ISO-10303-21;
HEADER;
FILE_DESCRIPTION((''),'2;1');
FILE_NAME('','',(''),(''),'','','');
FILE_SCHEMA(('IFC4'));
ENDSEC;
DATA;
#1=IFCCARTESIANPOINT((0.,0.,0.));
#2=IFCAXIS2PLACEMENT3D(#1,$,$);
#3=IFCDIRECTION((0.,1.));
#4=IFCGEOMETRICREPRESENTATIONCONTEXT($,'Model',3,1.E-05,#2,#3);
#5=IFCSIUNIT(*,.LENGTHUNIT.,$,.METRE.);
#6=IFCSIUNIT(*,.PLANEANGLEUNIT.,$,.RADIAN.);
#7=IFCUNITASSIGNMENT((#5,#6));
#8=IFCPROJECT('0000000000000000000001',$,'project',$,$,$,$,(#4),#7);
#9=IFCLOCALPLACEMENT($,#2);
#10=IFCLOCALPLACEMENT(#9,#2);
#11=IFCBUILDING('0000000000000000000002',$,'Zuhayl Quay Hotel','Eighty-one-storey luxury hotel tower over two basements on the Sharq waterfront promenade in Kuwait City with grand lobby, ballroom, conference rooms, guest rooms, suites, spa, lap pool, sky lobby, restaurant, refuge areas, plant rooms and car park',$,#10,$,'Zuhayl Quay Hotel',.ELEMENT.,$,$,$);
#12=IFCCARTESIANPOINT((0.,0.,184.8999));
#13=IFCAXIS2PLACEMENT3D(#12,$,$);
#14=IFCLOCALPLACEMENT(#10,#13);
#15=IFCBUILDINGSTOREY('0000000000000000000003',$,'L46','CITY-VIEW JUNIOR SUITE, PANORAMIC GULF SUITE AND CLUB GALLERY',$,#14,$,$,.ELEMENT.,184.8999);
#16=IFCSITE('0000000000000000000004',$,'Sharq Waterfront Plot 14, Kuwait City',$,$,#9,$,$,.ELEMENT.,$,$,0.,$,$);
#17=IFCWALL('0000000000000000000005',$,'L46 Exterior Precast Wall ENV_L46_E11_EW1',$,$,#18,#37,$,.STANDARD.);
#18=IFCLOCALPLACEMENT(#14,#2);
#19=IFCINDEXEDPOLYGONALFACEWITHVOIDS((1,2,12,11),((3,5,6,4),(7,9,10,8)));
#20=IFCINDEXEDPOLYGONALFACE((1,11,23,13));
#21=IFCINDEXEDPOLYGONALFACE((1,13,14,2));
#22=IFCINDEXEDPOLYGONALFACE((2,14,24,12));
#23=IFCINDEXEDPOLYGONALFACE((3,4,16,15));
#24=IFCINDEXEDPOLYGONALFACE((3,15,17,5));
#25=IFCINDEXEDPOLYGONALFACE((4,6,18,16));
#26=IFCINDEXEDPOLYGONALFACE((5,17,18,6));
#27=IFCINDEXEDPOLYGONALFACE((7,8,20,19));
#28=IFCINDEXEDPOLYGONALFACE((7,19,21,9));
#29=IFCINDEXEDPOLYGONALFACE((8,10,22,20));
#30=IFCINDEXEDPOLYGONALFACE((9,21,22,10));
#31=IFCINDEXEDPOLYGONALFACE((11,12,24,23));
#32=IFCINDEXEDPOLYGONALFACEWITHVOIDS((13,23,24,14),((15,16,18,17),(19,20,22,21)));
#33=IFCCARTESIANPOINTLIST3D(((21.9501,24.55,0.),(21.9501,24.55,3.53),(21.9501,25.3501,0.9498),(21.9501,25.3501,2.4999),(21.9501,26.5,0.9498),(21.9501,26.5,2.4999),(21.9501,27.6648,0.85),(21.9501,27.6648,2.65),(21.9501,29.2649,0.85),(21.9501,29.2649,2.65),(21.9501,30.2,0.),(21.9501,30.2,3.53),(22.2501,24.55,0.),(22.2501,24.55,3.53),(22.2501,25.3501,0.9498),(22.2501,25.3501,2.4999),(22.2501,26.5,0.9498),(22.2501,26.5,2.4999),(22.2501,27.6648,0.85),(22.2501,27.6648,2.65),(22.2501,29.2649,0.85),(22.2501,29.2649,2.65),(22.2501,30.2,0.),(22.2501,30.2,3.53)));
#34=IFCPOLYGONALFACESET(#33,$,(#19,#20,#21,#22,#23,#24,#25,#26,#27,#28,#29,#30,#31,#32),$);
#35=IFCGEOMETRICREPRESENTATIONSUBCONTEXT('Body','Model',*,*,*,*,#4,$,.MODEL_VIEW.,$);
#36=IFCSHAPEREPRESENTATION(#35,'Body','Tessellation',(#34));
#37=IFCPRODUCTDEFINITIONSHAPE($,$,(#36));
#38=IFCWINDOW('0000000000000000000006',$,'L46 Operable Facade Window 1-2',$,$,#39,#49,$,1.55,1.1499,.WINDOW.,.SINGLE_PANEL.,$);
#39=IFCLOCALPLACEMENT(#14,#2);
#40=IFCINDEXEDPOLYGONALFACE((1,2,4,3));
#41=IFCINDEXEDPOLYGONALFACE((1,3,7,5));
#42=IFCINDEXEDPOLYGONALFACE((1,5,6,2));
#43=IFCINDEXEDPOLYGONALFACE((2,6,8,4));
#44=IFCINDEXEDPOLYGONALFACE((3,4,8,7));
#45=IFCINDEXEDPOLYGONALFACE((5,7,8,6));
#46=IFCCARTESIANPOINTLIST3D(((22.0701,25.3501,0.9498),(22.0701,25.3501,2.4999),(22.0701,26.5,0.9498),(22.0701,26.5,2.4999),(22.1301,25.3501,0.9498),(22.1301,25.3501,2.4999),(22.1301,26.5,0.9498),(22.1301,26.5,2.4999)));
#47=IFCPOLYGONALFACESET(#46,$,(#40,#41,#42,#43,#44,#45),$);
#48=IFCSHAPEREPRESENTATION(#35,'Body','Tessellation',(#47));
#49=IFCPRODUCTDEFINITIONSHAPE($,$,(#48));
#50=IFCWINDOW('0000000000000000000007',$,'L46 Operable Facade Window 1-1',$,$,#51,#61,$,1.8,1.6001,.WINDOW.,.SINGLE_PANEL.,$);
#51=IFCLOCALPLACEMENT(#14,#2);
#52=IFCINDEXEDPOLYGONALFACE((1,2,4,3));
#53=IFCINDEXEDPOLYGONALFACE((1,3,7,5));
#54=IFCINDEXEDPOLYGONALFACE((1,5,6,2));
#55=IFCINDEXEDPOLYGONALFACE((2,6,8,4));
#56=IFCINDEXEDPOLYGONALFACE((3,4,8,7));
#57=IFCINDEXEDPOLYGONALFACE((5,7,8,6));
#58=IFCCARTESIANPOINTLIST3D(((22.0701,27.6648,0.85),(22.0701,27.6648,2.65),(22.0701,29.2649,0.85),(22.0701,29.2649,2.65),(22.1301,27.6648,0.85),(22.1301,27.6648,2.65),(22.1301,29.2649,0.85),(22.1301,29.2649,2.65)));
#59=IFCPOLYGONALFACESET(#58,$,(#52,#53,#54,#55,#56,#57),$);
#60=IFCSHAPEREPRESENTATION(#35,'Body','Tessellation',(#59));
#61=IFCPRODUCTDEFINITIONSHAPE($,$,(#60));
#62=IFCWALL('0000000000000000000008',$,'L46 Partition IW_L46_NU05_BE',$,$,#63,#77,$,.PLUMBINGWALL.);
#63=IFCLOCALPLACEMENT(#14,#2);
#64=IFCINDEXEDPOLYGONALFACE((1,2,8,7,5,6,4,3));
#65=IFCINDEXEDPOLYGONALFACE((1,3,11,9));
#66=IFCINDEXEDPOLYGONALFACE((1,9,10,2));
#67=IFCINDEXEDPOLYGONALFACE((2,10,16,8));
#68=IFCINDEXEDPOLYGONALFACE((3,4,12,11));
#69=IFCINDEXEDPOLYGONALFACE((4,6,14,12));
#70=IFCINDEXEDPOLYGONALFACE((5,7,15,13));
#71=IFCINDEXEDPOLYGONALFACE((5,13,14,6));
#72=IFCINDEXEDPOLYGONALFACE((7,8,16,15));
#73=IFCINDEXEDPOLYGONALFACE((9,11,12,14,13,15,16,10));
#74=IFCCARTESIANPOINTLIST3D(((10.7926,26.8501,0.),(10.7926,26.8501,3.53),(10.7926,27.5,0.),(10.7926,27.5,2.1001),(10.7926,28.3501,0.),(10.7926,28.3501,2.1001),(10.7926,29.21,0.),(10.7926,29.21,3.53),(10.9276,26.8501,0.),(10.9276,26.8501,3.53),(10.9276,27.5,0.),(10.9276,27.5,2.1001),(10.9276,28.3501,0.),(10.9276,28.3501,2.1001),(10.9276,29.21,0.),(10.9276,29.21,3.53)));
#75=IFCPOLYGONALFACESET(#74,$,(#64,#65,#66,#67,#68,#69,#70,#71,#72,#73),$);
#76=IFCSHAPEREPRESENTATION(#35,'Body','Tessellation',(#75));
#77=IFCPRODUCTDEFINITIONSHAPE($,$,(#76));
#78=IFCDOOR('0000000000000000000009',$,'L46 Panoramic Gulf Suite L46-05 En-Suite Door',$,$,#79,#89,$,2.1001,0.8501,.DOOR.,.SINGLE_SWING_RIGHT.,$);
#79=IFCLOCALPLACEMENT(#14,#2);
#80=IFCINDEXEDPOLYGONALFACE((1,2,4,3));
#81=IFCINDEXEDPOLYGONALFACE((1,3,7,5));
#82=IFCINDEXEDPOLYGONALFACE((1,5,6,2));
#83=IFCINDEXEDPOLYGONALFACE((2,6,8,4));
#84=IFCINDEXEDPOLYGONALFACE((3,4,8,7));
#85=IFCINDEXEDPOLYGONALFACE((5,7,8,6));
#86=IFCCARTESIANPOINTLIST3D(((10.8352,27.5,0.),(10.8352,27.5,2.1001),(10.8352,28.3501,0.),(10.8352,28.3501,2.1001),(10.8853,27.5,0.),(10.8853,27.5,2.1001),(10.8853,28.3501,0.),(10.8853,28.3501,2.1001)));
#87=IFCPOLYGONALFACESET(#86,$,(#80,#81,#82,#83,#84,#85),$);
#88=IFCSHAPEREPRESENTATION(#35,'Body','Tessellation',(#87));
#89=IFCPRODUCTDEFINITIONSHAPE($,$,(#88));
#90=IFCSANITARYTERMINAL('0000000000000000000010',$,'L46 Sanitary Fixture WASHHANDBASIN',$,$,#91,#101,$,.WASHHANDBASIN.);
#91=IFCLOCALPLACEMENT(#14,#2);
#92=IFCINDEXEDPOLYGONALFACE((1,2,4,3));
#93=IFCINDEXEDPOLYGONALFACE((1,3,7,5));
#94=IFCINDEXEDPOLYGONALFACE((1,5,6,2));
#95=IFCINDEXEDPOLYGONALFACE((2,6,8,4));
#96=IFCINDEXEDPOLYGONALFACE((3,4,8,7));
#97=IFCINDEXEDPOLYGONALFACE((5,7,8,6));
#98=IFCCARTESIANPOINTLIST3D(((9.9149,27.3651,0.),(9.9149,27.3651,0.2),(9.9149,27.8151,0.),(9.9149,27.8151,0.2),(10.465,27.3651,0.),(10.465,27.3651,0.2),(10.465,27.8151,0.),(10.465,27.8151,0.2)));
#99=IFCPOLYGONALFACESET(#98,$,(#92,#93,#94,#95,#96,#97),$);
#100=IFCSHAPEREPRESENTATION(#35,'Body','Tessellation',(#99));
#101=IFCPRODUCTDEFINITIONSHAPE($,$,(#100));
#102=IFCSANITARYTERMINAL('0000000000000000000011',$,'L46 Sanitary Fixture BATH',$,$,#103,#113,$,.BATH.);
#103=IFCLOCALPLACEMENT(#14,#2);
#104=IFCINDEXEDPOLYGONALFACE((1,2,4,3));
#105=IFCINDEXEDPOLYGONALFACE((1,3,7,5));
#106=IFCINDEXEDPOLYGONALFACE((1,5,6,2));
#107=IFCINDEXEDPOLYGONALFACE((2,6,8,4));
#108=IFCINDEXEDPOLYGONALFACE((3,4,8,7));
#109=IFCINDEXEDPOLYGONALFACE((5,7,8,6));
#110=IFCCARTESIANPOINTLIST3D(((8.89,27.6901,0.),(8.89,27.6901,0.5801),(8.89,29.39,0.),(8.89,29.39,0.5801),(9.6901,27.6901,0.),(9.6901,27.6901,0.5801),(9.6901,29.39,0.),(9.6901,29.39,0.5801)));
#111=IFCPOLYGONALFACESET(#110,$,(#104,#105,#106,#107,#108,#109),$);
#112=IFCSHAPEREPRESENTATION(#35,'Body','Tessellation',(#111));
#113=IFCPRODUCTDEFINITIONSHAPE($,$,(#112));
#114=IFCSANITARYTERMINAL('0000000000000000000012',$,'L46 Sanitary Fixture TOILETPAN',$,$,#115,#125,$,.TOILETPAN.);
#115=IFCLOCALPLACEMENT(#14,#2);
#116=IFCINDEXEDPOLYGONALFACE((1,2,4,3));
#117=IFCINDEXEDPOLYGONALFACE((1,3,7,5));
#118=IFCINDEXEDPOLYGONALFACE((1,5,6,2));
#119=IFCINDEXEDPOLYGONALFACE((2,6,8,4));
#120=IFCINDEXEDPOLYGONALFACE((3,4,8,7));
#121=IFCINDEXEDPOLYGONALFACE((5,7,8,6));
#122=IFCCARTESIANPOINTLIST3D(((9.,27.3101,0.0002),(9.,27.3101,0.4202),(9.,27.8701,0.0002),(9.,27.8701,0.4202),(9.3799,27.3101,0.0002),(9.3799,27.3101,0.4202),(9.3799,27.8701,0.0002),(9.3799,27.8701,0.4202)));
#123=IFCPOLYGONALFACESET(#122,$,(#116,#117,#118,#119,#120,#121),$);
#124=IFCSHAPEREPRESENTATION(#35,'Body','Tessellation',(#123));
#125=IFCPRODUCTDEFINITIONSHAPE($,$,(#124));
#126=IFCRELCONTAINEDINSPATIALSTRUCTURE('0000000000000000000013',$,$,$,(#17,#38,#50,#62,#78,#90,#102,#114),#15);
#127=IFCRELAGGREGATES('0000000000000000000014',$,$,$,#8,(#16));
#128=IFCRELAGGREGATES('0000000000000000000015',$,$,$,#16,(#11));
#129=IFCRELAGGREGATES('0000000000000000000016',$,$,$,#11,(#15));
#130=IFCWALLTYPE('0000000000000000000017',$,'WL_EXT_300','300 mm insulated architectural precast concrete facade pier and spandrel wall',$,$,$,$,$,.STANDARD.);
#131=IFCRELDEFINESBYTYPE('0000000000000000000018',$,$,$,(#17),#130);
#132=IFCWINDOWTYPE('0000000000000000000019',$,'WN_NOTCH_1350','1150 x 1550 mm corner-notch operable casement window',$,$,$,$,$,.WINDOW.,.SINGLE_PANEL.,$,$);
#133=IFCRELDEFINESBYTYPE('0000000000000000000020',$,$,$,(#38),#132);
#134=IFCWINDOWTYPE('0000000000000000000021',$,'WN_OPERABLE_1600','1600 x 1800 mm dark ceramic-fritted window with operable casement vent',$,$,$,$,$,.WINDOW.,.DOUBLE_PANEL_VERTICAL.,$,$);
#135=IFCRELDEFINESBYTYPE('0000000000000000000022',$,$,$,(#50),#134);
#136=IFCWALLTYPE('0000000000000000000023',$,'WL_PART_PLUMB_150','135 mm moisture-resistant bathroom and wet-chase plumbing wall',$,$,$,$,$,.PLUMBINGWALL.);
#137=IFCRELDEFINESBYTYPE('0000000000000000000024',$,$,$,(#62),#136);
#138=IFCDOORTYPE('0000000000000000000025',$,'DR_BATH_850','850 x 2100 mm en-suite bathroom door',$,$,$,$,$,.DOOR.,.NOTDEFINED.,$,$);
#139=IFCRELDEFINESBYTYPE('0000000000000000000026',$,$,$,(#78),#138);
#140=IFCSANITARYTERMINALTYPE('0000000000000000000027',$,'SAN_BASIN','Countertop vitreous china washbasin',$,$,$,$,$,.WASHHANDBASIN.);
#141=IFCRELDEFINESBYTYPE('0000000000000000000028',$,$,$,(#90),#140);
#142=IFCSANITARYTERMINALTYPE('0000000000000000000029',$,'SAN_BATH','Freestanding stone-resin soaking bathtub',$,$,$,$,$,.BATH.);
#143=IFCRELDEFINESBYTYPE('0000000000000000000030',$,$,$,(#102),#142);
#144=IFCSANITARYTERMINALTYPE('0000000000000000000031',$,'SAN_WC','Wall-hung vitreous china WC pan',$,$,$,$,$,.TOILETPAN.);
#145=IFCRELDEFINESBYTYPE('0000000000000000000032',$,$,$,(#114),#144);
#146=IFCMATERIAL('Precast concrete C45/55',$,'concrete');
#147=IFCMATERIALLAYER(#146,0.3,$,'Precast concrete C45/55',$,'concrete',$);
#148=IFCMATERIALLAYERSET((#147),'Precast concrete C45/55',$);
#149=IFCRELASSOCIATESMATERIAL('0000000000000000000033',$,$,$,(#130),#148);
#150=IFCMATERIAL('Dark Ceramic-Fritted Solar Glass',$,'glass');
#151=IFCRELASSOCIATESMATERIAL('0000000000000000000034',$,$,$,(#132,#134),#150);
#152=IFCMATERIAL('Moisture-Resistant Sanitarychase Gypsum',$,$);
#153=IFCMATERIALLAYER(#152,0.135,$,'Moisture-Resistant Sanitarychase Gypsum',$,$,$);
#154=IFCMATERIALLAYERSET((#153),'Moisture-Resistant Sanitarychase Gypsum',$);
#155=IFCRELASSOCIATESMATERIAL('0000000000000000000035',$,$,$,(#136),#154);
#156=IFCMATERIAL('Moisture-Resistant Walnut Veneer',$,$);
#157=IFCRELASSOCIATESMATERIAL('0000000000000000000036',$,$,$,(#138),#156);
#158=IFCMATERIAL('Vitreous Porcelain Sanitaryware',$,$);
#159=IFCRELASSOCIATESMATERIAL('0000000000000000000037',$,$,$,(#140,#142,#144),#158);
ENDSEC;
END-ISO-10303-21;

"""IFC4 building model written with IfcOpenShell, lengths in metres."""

from ifc_helpers import new_model, si_unit, direction, frame, frame_2d, origin, origin_2d, place, context, subcontext, project, spatial, rectangle, extrude, material, layer, layer_set, type_object, element, fill, save


model = new_model("IFC4")

# Units and contexts
model_context = context("Model", 3, precision=1e-05, world=origin(), true_north=direction((0.0, 1.0)))
body_context = subcontext(model_context, "Body", "Model", "MODEL_VIEW")
ifc_project = project(units=[si_unit("LENGTHUNIT", "METRE"), si_unit("PLANEANGLEUNIT", "RADIAN")], contexts=[model_context])

# Site, building, storey
site_placement = place(None, origin())
site = spatial("IfcSite", under=ifc_project, at=site_placement, Name="Sharq Waterfront Plot 14, Kuwait City", CompositionType="ELEMENT", RefElevation=0.0)
building_placement = place(site_placement, origin())
building = spatial("IfcBuilding", under=site, at=building_placement, Name="Zuhayl Quay Hotel", Description="Eighty-one-storey luxury hotel tower over two basements on the Sharq waterfront promenade in Kuwait City with grand lobby, ballroom, conference rooms, guest rooms, suites, spa, lap pool, sky lobby, restaurant, refuge areas, plant rooms and car park", LongName="Zuhayl Quay Hotel", CompositionType="ELEMENT")
storey_placement = place(building_placement, frame((0.0, 0.0, 184.8999)))
storey = spatial("IfcBuildingStorey", under=building, at=storey_placement, Name="L46", Description="CITY-VIEW JUNIOR SUITE, PANORAMIC GULF SUITE AND CLUB GALLERY", CompositionType="ELEMENT", Elevation=184.8999)

# Shared definitions
ifc_material_1 = material(Name="Dark Ceramic-Fritted Solar Glass", Category="glass")

# Shared definitions
ifc_material_2 = material(Name="Precast concrete C45/55", Category="concrete")
ifc_layer_1 = layer(ifc_material_2, 0.3, Name="Precast concrete C45/55", Category="concrete")
ifc_layer_set_1 = layer_set([ifc_layer_1], Name="Precast concrete C45/55")
wall_type_1 = type_object("IfcWallType", Name="WL_EXT_300", Description="300 mm insulated architectural precast concrete facade pier and spandrel wall", PredefinedType="STANDARD", material=ifc_layer_set_1)

# Shared definitions
window_type_1 = type_object("IfcWindowType", Name="WN_NOTCH_1350", Description="1150 x 1550 mm corner-notch operable casement window", PartitioningType="SINGLE_PANEL", PredefinedType="WINDOW", material=ifc_material_1)

# Wall, openings, windows
wall_1_placement = place(storey_placement, frame((22.1001, 30.2, 0.0), z_axis=(0.0, 0.0, 1.0), x_axis=(0.0, -1.0, 0.0)))
wall_1 = element("IfcWall", 1, at=wall_1_placement, inside=storey, type_object=wall_type_1, Name="L46 Exterior Precast Wall ENV_L46_E11_EW1", PredefinedType="STANDARD", context=body_context, shape_type="SweptSolid", body=[
    extrude(rectangle(XDim=5.6499, YDim=0.3, at=frame_2d((2.825, 0.0))), origin(), (0.0, 0.0, 1.0), 3.53),
])
opening_1_placement = place(wall_1_placement, frame((0.9351, 0.0, 0.8501)))
opening_1 = element("IfcOpeningElement", 2, at=opening_1_placement, cuts=wall_1, PredefinedType="OPENING", context=body_context, shape_type="SweptSolid", body=[
    extrude(rectangle(XDim=1.6001, YDim=1.8, at=frame_2d((0.8, 0.8999))), frame((0.0, 0.1599, 0.0), z_axis=(0.0, -1.0, 0.0), x_axis=(1.0, 0.0, 0.0)), (0.0, 0.0, 1.0), 0.3201),
])
opening_2_placement = place(wall_1_placement, frame((3.7, 0.0, 0.95)))
opening_2 = element("IfcOpeningElement", 3, at=opening_2_placement, cuts=wall_1, PredefinedType="OPENING", context=body_context, shape_type="SweptSolid", body=[
    extrude(rectangle(XDim=1.1499, YDim=1.55, at=frame_2d((0.575, 0.7749))), frame((0.0, 0.1599, 0.0), z_axis=(0.0, -1.0, 0.0), x_axis=(1.0, 0.0, 0.0)), (0.0, 0.0, 1.0), 0.3201),
])
window_1_placement = place(opening_2_placement, origin())
window_1 = element("IfcWindow", 4, at=window_1_placement, inside=storey, type_object=window_type_1, Name="L46 Operable Facade Window 1-2", OverallHeight=1.55, OverallWidth=1.1499, PartitioningType="SINGLE_PANEL", PredefinedType="WINDOW", context=body_context, shape_type="SweptSolid", body=[
    extrude(rectangle(XDim=1.1499, YDim=1.55, at=frame_2d((0.575, 0.7749))), frame((0.0, 0.03, 0.0), z_axis=(0.0, -1.0, 0.0), x_axis=(1.0, 0.0, 0.0)), (0.0, 0.0, 1.0), 0.0601),
])
fill(opening_2, window_1)
window_type_2 = type_object("IfcWindowType", Name="WN_OPERABLE_1600", Description="1600 x 1800 mm dark ceramic-fritted window with operable casement vent", PartitioningType="DOUBLE_PANEL_VERTICAL", PredefinedType="WINDOW", material=ifc_material_1)
window_2_placement = place(opening_1_placement, origin())
window_2 = element("IfcWindow", 5, at=window_2_placement, inside=storey, type_object=window_type_2, Name="L46 Operable Facade Window 1-1", OverallHeight=1.8, OverallWidth=1.6001, PartitioningType="SINGLE_PANEL", PredefinedType="WINDOW", context=body_context, shape_type="SweptSolid", body=[
    extrude(rectangle(XDim=1.6001, YDim=1.8, at=frame_2d((0.8, 0.8999))), frame((0.0, 0.03, 0.0), z_axis=(0.0, -1.0, 0.0), x_axis=(1.0, 0.0, 0.0)), (0.0, 0.0, 1.0), 0.0601),
])
fill(opening_1, window_2)

# Wall, opening, door
ifc_material_3 = material(Name="Moisture-Resistant Sanitarychase Gypsum")
ifc_layer_2 = layer(ifc_material_3, 0.135, Name="Moisture-Resistant Sanitarychase Gypsum")
ifc_layer_set_2 = layer_set([ifc_layer_2], Name="Moisture-Resistant Sanitarychase Gypsum")
wall_type_2 = type_object("IfcWallType", Name="WL_PART_PLUMB_150", Description="135 mm moisture-resistant bathroom and wet-chase plumbing wall", PredefinedType="PLUMBINGWALL", material=ifc_layer_set_2)
wall_2_placement = place(storey_placement, frame((10.8601, 26.8501, 0.0), z_axis=(0.0, 0.0, 1.0), x_axis=(0.0, 1.0, 0.0)))
wall_2 = element("IfcWall", 6, at=wall_2_placement, inside=storey, type_object=wall_type_2, Name="L46 Partition IW_L46_NU05_BE", PredefinedType="PLUMBINGWALL", context=body_context, shape_type="SweptSolid", body=[
    extrude(rectangle(XDim=2.3599, YDim=0.135, at=frame_2d((1.1799, 0.0))), origin(), (0.0, 0.0, 1.0), 3.53),
])
opening_3_placement = place(wall_2_placement, frame((0.6499, 0.0, 0.0)))
opening_3 = element("IfcOpeningElement", 7, at=opening_3_placement, cuts=wall_2, PredefinedType="OPENING", context=body_context, shape_type="SweptSolid", body=[
    extrude(rectangle(XDim=0.8501, YDim=2.1001, at=frame_2d((0.425, 1.05))), frame((0.0, 0.0774, 0.0), z_axis=(0.0, -1.0, 0.0), x_axis=(1.0, 0.0, 0.0)), (0.0, 0.0, 1.0), 0.155),
])
ifc_material_4 = material(Name="Moisture-Resistant Walnut Veneer")
door_type = type_object("IfcDoorType", Name="DR_BATH_850", Description="850 x 2100 mm en-suite bathroom door", OperationType="NOTDEFINED", PredefinedType="DOOR", material=ifc_material_4)
door_placement = place(opening_3_placement, origin())
door = element("IfcDoor", 8, at=door_placement, inside=storey, type_object=door_type, Name="L46 Panoramic Gulf Suite L46-05 En-Suite Door", OperationType="SINGLE_SWING_RIGHT", OverallHeight=2.1001, OverallWidth=0.8501, PredefinedType="DOOR", context=body_context, shape_type="SweptSolid", body=[
    extrude(rectangle(XDim=0.8501, YDim=2.1001, at=frame_2d((0.425, 1.05))), frame((0.0, 0.0249, 0.0), z_axis=(0.0, -1.0, 0.0), x_axis=(1.0, 0.0, 0.0)), (0.0, 0.0, 1.0), 0.05),
])
fill(opening_3, door)

# Sanitary terminals
ifc_material_5 = material(Name="Vitreous Porcelain Sanitaryware")
sanitary_terminal_type_1 = type_object("IfcSanitaryTerminalType", Name="SAN_BASIN", Description="Countertop vitreous china washbasin", PredefinedType="WASHHANDBASIN", material=ifc_material_5)
sanitary_terminal_1_placement = place(storey_placement, frame((10.1899, 27.5901, 0.0), z_axis=(0.0, 0.0, 1.0), x_axis=(1.0, 0.0, 0.0)))
element("IfcSanitaryTerminal", 9, at=sanitary_terminal_1_placement, inside=storey, type_object=sanitary_terminal_type_1, Name="L46 Sanitary Fixture WASHHANDBASIN", PredefinedType="WASHHANDBASIN", context=body_context, shape_type="SweptSolid", body=[
    extrude(rectangle(XDim=0.55, YDim=0.45, at=origin_2d()), origin(), (0.0, 0.0, 1.0), 0.2),
])
sanitary_terminal_type_2 = type_object("IfcSanitaryTerminalType", Name="SAN_BATH", Description="Freestanding stone-resin soaking bathtub", PredefinedType="BATH", material=ifc_material_5)
sanitary_terminal_2_placement = place(storey_placement, frame((9.29, 28.54, 0.0), z_axis=(0.0, 0.0, 1.0), x_axis=(1.0, 0.0, 0.0)))
element("IfcSanitaryTerminal", 10, at=sanitary_terminal_2_placement, inside=storey, type_object=sanitary_terminal_type_2, Name="L46 Sanitary Fixture BATH", PredefinedType="BATH", context=body_context, shape_type="SweptSolid", body=[
    extrude(rectangle(XDim=0.8, YDim=1.7, at=origin_2d()), origin(), (0.0, 0.0, 1.0), 0.5801),
])
sanitary_terminal_type_3 = type_object("IfcSanitaryTerminalType", Name="SAN_WC", Description="Wall-hung vitreous china WC pan", PredefinedType="TOILETPAN", material=ifc_material_5)
sanitary_terminal_3_placement = place(storey_placement, frame((9.1899, 27.5901, 0.0002), z_axis=(0.0, 0.0, 1.0), x_axis=(1.0, 0.0, 0.0)))
element("IfcSanitaryTerminal", 11, at=sanitary_terminal_3_placement, inside=storey, type_object=sanitary_terminal_type_3, Name="L46 Sanitary Fixture TOILETPAN", PredefinedType="TOILETPAN", context=body_context, shape_type="SweptSolid", body=[
    extrude(rectangle(XDim=0.3799, YDim=0.5601, at=origin_2d()), origin(), (0.0, 0.0, 1.0), 0.4199),
])

save(model, "model.ifc")
